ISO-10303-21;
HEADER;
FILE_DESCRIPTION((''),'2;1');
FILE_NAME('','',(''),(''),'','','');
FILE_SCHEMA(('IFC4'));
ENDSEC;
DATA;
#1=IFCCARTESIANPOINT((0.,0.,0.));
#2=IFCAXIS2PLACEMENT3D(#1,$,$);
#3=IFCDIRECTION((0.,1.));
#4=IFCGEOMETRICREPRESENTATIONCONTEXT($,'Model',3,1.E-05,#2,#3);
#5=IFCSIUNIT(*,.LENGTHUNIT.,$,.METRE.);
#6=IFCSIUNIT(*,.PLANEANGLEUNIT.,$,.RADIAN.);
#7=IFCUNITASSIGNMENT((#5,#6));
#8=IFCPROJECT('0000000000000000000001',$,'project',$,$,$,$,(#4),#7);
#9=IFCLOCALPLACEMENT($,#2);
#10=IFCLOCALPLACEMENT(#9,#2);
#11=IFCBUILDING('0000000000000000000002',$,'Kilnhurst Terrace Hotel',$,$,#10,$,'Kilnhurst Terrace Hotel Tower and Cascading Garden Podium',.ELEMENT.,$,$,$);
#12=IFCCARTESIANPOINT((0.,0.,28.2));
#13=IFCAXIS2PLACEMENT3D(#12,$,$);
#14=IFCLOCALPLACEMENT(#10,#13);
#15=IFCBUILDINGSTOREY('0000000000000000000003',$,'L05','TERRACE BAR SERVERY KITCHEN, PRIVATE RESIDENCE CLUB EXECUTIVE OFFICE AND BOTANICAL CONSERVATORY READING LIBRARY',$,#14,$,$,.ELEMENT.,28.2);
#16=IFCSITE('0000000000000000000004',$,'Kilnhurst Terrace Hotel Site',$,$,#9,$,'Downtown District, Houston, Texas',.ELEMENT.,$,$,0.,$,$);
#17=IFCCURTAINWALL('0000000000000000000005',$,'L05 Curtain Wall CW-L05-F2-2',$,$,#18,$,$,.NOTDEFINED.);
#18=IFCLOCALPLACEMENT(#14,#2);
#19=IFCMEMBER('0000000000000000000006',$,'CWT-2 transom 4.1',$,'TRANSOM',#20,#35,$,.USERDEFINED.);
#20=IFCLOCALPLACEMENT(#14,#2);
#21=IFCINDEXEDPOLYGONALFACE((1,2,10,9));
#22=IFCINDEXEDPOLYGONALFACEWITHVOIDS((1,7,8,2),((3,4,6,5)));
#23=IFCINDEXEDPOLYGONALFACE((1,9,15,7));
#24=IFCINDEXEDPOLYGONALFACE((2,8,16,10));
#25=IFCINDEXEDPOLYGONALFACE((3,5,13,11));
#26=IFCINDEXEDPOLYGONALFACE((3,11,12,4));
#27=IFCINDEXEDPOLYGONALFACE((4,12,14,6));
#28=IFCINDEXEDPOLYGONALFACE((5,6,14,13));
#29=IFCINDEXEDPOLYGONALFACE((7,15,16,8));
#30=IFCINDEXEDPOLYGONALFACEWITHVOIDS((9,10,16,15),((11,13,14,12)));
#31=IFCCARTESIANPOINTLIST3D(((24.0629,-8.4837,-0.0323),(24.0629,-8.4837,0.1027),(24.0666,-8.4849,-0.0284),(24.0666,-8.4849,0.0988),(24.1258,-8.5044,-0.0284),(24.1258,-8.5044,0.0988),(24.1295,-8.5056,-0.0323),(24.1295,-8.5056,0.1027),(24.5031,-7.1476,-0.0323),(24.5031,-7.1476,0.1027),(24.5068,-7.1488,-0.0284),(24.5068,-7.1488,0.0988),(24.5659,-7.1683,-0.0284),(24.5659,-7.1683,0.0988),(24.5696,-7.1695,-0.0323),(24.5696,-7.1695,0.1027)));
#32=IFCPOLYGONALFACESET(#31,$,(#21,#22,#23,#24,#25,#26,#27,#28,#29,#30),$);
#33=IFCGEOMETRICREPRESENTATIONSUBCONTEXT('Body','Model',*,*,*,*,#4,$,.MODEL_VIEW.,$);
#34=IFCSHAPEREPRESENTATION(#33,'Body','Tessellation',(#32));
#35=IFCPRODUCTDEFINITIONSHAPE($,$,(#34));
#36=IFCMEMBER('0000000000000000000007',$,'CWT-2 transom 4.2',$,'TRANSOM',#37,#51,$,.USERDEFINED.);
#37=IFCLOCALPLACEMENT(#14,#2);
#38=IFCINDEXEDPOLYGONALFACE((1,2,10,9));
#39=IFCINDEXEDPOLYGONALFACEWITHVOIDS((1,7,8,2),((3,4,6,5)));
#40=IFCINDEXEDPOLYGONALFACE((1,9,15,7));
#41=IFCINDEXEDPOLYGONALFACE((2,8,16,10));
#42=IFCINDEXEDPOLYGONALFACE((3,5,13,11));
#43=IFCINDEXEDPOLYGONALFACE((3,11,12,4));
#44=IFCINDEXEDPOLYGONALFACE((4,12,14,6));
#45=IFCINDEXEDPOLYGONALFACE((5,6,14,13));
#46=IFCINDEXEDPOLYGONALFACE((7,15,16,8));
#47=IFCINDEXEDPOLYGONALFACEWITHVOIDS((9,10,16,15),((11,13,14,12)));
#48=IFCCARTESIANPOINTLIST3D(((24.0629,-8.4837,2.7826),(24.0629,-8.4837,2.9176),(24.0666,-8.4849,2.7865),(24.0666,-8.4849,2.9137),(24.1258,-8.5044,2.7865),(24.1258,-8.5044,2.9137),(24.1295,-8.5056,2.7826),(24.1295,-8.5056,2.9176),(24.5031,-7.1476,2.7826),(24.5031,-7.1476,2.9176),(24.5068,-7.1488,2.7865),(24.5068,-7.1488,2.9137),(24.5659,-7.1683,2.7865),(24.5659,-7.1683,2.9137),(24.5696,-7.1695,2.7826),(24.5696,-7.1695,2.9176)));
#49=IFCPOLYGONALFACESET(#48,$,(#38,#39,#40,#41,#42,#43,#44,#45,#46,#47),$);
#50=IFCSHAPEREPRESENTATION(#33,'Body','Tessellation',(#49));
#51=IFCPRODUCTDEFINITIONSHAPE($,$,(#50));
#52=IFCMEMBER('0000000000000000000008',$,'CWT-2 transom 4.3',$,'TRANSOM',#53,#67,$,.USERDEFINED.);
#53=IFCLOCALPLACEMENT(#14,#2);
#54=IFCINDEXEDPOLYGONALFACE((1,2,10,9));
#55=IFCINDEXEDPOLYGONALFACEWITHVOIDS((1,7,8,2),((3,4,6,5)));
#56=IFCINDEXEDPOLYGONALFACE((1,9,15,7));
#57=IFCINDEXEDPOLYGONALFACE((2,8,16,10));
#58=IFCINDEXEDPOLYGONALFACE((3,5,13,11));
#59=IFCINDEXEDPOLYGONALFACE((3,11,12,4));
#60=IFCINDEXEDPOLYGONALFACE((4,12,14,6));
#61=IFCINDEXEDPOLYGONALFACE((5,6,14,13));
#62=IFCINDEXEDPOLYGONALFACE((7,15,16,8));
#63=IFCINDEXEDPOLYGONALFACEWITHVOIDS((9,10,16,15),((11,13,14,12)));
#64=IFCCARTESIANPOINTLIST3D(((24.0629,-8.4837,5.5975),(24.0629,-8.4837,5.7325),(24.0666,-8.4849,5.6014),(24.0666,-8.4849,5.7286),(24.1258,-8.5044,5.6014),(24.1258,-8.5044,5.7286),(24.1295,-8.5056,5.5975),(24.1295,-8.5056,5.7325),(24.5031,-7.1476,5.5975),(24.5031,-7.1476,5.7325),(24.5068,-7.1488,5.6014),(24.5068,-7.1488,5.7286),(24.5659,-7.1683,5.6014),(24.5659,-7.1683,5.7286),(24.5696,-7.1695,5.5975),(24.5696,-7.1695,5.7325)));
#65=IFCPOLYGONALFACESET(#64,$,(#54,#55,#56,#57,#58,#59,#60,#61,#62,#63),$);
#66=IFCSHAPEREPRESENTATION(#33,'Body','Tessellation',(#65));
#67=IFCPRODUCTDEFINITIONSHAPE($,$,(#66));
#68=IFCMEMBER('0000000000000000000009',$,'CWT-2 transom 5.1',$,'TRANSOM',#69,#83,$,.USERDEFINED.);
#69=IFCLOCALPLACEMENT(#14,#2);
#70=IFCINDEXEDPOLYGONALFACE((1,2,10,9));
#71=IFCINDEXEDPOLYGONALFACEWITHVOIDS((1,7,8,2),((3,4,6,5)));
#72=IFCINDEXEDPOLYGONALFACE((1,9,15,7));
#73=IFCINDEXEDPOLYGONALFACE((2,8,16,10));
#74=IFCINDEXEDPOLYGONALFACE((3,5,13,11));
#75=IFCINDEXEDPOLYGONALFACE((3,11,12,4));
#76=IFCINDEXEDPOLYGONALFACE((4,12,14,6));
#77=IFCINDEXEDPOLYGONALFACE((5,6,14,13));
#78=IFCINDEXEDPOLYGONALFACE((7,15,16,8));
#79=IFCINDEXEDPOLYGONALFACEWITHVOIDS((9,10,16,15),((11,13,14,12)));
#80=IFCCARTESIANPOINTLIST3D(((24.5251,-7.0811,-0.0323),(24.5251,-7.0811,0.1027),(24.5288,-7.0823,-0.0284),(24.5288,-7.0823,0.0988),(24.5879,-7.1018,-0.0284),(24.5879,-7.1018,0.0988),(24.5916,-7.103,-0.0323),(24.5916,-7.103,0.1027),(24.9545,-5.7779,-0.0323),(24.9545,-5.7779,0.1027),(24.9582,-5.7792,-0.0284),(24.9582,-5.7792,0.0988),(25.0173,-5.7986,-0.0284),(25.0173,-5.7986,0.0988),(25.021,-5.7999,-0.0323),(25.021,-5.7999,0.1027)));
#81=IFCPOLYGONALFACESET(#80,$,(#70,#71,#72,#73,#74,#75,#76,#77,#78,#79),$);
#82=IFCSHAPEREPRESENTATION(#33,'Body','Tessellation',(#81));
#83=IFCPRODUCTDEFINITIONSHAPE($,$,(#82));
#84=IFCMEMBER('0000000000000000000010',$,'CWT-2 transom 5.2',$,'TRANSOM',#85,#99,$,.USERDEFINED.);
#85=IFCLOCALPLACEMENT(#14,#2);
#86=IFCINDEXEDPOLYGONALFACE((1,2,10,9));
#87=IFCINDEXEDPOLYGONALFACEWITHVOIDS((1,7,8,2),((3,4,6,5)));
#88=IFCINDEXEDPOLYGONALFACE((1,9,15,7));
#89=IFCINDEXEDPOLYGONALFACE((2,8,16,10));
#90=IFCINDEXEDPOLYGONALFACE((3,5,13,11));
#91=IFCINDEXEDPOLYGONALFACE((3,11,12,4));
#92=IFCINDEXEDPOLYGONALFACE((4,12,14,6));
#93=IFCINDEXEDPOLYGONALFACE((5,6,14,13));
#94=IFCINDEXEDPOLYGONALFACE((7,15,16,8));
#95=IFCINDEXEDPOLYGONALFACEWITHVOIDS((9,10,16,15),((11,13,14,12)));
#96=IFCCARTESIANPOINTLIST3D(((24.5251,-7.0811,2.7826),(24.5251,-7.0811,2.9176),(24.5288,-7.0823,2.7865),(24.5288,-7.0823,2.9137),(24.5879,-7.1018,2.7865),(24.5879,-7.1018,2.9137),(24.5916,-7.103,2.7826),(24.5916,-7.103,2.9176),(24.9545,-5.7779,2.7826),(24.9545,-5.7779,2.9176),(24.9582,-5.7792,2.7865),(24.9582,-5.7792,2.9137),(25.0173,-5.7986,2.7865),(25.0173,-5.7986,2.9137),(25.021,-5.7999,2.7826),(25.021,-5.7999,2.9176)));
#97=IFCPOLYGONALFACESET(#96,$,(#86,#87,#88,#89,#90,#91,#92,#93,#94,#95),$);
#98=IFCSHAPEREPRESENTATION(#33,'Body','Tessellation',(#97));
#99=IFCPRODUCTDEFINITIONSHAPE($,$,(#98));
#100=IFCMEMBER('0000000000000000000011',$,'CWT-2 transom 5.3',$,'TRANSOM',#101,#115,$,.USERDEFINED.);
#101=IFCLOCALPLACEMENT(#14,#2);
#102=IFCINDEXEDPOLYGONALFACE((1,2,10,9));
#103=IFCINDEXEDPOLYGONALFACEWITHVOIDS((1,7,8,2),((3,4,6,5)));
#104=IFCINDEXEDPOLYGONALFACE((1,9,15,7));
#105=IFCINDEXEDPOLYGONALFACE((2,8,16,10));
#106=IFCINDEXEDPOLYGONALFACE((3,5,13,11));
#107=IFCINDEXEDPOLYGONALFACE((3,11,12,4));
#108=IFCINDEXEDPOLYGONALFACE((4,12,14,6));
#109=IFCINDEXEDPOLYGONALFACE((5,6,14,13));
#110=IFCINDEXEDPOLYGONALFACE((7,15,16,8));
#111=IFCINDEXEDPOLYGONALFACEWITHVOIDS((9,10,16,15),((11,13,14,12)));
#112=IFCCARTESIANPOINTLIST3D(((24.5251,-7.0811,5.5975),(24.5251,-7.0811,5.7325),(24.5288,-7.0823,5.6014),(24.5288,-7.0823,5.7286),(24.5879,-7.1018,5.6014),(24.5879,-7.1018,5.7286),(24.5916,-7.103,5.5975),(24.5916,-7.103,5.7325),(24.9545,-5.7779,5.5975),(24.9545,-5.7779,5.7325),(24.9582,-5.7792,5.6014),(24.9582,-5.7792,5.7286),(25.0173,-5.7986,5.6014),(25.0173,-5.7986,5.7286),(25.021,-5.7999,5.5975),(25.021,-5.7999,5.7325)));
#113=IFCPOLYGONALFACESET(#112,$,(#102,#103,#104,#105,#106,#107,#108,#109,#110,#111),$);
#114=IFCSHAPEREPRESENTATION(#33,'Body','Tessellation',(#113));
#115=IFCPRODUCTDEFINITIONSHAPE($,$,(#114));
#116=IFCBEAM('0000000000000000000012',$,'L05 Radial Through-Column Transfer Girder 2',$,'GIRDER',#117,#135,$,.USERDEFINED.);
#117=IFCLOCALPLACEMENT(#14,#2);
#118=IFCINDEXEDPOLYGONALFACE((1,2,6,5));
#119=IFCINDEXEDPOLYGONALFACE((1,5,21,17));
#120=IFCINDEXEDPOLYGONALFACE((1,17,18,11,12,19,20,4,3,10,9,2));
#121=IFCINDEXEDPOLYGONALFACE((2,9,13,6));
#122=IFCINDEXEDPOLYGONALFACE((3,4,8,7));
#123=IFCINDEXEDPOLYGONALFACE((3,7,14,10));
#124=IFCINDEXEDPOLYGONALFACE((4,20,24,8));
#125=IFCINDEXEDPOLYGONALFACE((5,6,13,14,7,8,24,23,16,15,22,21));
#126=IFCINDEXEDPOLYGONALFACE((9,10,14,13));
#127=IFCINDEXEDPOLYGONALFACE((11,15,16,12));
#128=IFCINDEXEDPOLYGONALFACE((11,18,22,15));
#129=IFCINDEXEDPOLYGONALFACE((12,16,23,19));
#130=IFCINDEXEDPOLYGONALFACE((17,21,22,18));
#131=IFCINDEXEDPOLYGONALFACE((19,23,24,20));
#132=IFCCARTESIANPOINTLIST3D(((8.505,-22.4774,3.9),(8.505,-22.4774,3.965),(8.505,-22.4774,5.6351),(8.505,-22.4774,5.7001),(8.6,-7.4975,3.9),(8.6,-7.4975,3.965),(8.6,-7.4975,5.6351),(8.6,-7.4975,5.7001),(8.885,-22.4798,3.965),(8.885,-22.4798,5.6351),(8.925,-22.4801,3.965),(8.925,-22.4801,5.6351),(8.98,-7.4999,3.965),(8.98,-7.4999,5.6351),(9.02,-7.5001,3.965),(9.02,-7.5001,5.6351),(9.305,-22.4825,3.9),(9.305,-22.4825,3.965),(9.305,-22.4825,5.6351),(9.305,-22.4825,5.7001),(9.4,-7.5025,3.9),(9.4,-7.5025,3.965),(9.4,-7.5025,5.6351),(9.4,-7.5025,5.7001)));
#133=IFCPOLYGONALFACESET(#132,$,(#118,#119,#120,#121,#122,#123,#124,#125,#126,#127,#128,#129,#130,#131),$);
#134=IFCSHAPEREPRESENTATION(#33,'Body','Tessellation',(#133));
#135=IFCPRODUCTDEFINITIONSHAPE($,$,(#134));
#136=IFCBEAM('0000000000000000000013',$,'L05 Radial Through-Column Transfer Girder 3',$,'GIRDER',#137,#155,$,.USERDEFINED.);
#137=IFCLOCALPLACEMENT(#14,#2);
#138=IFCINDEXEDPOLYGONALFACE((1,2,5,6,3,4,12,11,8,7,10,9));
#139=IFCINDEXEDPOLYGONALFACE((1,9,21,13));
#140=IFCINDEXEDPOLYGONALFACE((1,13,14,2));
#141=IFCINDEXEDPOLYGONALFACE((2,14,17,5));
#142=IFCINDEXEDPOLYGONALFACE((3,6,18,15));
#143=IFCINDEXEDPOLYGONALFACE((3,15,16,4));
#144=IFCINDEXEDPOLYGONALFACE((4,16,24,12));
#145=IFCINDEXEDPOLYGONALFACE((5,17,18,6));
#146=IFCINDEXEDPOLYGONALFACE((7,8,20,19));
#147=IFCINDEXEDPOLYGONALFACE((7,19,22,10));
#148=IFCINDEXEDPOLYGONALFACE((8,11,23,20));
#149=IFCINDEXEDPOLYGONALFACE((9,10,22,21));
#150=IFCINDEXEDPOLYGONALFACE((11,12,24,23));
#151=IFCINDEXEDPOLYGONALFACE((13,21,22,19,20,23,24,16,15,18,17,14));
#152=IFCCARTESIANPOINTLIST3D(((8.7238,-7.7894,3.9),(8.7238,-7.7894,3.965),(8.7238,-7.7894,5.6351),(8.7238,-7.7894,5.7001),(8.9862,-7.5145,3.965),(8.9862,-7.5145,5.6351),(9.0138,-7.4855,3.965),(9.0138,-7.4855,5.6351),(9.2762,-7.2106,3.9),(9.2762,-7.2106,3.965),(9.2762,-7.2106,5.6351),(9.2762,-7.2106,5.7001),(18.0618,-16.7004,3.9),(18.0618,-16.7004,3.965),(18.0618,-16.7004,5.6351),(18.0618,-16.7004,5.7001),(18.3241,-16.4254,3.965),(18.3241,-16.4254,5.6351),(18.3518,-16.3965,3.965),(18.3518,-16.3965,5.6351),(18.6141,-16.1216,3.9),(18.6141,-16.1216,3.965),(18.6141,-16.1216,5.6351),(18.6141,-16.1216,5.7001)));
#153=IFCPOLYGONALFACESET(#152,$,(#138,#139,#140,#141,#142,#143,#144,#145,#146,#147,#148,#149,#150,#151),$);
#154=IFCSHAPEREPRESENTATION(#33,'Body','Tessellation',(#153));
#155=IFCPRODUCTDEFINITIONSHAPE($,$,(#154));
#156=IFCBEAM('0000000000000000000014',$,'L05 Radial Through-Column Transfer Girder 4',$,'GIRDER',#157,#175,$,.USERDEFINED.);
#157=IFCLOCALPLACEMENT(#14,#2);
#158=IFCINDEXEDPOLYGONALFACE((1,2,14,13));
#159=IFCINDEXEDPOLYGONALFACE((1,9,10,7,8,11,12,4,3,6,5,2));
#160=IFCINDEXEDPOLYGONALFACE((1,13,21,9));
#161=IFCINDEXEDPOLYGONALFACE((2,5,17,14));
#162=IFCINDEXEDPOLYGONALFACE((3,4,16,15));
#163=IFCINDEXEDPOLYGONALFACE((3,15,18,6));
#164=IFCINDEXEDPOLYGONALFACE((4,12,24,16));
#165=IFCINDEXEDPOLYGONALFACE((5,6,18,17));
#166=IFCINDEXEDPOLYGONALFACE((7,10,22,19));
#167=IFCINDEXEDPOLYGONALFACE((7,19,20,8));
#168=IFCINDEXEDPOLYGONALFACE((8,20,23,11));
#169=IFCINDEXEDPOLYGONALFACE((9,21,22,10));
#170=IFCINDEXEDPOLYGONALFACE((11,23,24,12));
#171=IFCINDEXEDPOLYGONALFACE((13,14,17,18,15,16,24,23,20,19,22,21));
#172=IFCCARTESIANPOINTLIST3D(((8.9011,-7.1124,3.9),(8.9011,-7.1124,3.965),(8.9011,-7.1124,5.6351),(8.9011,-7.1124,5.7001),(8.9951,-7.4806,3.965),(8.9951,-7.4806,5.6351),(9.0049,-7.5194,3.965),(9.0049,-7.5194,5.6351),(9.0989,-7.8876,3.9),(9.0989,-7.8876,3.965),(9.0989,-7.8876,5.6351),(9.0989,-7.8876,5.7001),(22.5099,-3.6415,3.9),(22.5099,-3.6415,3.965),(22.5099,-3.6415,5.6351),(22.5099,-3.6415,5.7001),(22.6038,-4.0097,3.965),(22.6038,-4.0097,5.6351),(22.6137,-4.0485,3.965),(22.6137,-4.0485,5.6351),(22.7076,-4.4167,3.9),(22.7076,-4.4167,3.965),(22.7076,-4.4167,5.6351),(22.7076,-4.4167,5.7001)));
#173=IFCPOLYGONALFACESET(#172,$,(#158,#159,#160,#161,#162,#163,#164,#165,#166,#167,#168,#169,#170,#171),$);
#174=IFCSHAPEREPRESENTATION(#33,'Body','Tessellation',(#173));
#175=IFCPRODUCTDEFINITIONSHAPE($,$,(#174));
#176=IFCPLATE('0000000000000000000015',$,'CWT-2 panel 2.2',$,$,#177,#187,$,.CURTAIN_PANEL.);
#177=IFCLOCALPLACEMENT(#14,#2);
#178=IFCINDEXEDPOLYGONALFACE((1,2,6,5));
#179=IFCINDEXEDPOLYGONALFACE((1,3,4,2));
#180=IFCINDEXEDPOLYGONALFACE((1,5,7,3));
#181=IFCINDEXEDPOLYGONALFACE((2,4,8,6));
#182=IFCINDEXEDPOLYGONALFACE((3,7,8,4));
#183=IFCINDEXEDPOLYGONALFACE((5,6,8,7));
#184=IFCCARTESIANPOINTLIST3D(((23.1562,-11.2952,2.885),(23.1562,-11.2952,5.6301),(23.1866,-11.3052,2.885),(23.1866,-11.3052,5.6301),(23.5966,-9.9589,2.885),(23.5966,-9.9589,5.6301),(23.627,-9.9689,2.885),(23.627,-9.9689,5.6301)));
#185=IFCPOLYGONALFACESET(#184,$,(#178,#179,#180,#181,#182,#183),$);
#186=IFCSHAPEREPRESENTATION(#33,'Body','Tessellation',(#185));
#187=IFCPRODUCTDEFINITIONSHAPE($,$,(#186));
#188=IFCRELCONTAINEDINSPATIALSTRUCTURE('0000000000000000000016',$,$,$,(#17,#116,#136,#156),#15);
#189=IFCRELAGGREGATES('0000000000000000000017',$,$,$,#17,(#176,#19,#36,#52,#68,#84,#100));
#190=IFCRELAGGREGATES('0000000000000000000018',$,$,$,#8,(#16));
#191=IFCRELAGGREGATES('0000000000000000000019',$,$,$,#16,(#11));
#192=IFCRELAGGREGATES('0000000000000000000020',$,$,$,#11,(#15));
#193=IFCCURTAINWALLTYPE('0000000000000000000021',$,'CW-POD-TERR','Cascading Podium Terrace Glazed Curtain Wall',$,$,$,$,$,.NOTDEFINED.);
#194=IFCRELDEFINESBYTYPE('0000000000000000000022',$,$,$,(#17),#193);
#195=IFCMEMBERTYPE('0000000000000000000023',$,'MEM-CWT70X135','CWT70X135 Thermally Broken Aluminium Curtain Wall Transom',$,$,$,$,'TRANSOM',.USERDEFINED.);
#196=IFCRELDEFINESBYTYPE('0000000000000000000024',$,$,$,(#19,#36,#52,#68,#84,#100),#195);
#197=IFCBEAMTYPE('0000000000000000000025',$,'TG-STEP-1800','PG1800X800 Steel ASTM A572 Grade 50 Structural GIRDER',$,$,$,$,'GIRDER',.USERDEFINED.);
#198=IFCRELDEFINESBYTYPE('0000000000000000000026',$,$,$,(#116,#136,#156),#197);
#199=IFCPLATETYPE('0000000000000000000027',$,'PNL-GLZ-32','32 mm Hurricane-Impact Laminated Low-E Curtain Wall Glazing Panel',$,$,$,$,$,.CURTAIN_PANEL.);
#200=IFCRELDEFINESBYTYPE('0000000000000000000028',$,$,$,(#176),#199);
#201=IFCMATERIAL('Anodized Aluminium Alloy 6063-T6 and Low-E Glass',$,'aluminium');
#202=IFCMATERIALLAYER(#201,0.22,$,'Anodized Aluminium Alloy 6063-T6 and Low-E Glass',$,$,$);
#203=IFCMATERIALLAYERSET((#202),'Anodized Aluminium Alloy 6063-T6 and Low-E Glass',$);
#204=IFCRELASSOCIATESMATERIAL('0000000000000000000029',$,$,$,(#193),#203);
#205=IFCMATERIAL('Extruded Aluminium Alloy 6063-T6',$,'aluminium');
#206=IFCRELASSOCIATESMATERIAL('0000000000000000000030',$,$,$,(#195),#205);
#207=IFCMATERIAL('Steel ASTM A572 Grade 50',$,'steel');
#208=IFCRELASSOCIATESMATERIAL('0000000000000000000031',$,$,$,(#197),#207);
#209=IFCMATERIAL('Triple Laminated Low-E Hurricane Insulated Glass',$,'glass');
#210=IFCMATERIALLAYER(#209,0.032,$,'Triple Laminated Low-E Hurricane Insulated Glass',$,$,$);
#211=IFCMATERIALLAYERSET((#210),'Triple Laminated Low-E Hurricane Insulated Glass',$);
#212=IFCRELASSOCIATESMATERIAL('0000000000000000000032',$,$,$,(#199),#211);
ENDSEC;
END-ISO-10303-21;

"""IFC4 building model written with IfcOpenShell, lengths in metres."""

from ifc_helpers import new_model, si_unit, direction, frame, origin, origin_2d, place, context, subcontext, project, spatial, rectangle, hollow_rectangle, i_section, extrude, material, layer, layer_set, material_profile, profile_set, type_object, element, aggregate, save


model = new_model("IFC4")

# Units and contexts
model_context = context("Model", 3, precision=1e-05, world=origin(), true_north=direction((0.0, 1.0)))
body_context = subcontext(model_context, "Body", "Model", "MODEL_VIEW")
ifc_project = project(units=[si_unit("LENGTHUNIT", "METRE"), si_unit("PLANEANGLEUNIT", "RADIAN")], contexts=[model_context])

# Site, building, storey
site_placement = place(None, origin())
site = spatial("IfcSite", under=ifc_project, at=site_placement, Name="Kilnhurst Terrace Hotel Site", LongName="Downtown District, Houston, Texas", CompositionType="ELEMENT", RefElevation=0.0)
building_placement = place(site_placement, origin())
building = spatial("IfcBuilding", under=site, at=building_placement, Name="Kilnhurst Terrace Hotel", LongName="Kilnhurst Terrace Hotel Tower and Cascading Garden Podium", CompositionType="ELEMENT")
storey_placement = place(building_placement, frame((0.0, 0.0, 28.2)))
storey = spatial("IfcBuildingStorey", under=building, at=storey_placement, Name="L05", Description="TERRACE BAR SERVERY KITCHEN, PRIVATE RESIDENCE CLUB EXECUTIVE OFFICE AND BOTANICAL CONSERVATORY READING LIBRARY", CompositionType="ELEMENT", Elevation=28.2)

# Curtain wall, members
ifc_material_1 = material(Name="Anodized Aluminium Alloy 6063-T6 and Low-E Glass", Category="aluminium")
ifc_layer_1 = layer(ifc_material_1, 0.22, Name="Anodized Aluminium Alloy 6063-T6 and Low-E Glass")
ifc_layer_set_1 = layer_set([ifc_layer_1], Name="Anodized Aluminium Alloy 6063-T6 and Low-E Glass")
curtain_wall_type = type_object("IfcCurtainWallType", Name="CW-POD-TERR", Description="Cascading Podium Terrace Glazed Curtain Wall", PredefinedType="NOTDEFINED", material=ifc_layer_set_1)
curtain_wall_placement = place(storey_placement, origin())
curtain_wall = element("IfcCurtainWall", 1, at=curtain_wall_placement, inside=storey, type_object=curtain_wall_type, Name="L05 Curtain Wall CW-L05-F2-2", PredefinedType="NOTDEFINED")
ifc_material_2 = material(Name="Extruded Aluminium Alloy 6063-T6", Category="aluminium")
ifc_material_profile_1 = material_profile(ifc_material_2, hollow_rectangle(XDim=0.0701, YDim=0.135, WallThickness=0.0039, at=origin_2d()), Name="CWT70X135")
ifc_profile_set_1 = profile_set([ifc_material_profile_1], Name="Extruded Aluminium Alloy 6063-T6")
member_type_1 = type_object("IfcMemberType", Name="MEM-CWT70X135", Description="CWT70X135 Thermally Broken Aluminium Curtain Wall Transom", ElementType="TRANSOM", PredefinedType="USERDEFINED", material=ifc_profile_set_1)
member_1_placement = place(storey_placement, frame((24.0962, -8.4946, 0.0352), z_axis=(0.312894, 0.949788, 0.0), x_axis=(-0.949788, 0.312894, 0.0)))
member_1 = element("IfcMember", 2, at=member_1_placement, type_object=member_type_1, Name="CWT-2 transom 4.1", ObjectType="TRANSOM", PredefinedType="USERDEFINED", context=body_context, shape_type="SweptSolid", body=[
    extrude(hollow_rectangle(XDim=0.0701, YDim=0.135, WallThickness=0.0039, at=origin_2d()), origin(), (0.0, 0.0, 1.0), 1.4067),
])
member_2_placement = place(storey_placement, frame((24.0962, -8.4946, 2.8501), z_axis=(0.312894, 0.949788, 0.0), x_axis=(-0.949788, 0.312894, 0.0)))
member_2 = element("IfcMember", 3, at=member_2_placement, type_object=member_type_1, Name="CWT-2 transom 4.2", ObjectType="TRANSOM", PredefinedType="USERDEFINED", context=body_context, shape_type="SweptSolid", body=[
    extrude(hollow_rectangle(XDim=0.0701, YDim=0.135, WallThickness=0.0039, at=origin_2d()), origin(), (0.0, 0.0, 1.0), 1.4067),
])
member_3_placement = place(storey_placement, frame((24.0962, -8.4946, 5.665), z_axis=(0.312894, 0.949788, 0.0), x_axis=(-0.949788, 0.312894, 0.0)))
member_3 = element("IfcMember", 4, at=member_3_placement, type_object=member_type_1, Name="CWT-2 transom 4.3", ObjectType="TRANSOM", PredefinedType="USERDEFINED", context=body_context, shape_type="SweptSolid", body=[
    extrude(hollow_rectangle(XDim=0.0701, YDim=0.135, WallThickness=0.0039, at=origin_2d()), origin(), (0.0, 0.0, 1.0), 1.4067),
])
member_4_placement = place(storey_placement, frame((24.5583, -7.092, 0.0352), z_axis=(0.31297, 0.949763, 0.0), x_axis=(-0.949763, 0.31297, 0.0)))
member_4 = element("IfcMember", 5, at=member_4_placement, type_object=member_type_1, Name="CWT-2 transom 5.1", ObjectType="TRANSOM", PredefinedType="USERDEFINED", context=body_context, shape_type="SweptSolid", body=[
    extrude(hollow_rectangle(XDim=0.0701, YDim=0.135, WallThickness=0.0039, at=origin_2d()), origin(), (0.0, 0.0, 1.0), 1.3721),
])
member_5_placement = place(storey_placement, frame((24.5583, -7.092, 2.8501), z_axis=(0.31297, 0.949763, 0.0), x_axis=(-0.949763, 0.31297, 0.0)))
member_5 = element("IfcMember", 6, at=member_5_placement, type_object=member_type_1, Name="CWT-2 transom 5.2", ObjectType="TRANSOM", PredefinedType="USERDEFINED", context=body_context, shape_type="SweptSolid", body=[
    extrude(hollow_rectangle(XDim=0.0701, YDim=0.135, WallThickness=0.0039, at=origin_2d()), origin(), (0.0, 0.0, 1.0), 1.3721),
])
member_6_placement = place(storey_placement, frame((24.5583, -7.092, 5.665), z_axis=(0.31297, 0.949763, 0.0), x_axis=(-0.949763, 0.31297, 0.0)))
member_6 = element("IfcMember", 7, at=member_6_placement, type_object=member_type_1, Name="CWT-2 transom 5.3", ObjectType="TRANSOM", PredefinedType="USERDEFINED", context=body_context, shape_type="SweptSolid", body=[
    extrude(hollow_rectangle(XDim=0.0701, YDim=0.135, WallThickness=0.0039, at=origin_2d()), origin(), (0.0, 0.0, 1.0), 1.3721),
])

# Beams
ifc_material_3 = material(Name="Steel ASTM A572 Grade 50", Category="steel")
ifc_material_profile_2 = material_profile(ifc_material_3, i_section(OverallWidth=0.8, OverallDepth=1.8, WebThickness=0.04, FlangeThickness=0.0649, at=origin_2d()), Name="PG1800X800")
ifc_profile_set_2 = profile_set([ifc_material_profile_2], Name="Steel ASTM A572 Grade 50")
beam_type_1 = type_object("IfcBeamType", Name="TG-STEP-1800", Description="PG1800X800 Steel ASTM A572 Grade 50 Structural GIRDER", ElementType="GIRDER", PredefinedType="USERDEFINED", material=ifc_profile_set_2)
beam_1_placement = place(storey_placement, frame((9.0, -7.5, 4.8), z_axis=(-0.00634, -0.99998, 0.0), x_axis=(0.99998, -0.00634, 0.0)))
element("IfcBeam", 8, at=beam_1_placement, inside=storey, type_object=beam_type_1, Name="L05 Radial Through-Column Transfer Girder 2", ObjectType="GIRDER", PredefinedType="USERDEFINED", context=body_context, shape_type="SweptSolid", body=[
    extrude(i_section(OverallWidth=0.8, OverallDepth=1.8, WebThickness=0.04, FlangeThickness=0.0649, at=origin_2d()), origin(), (0.0, 0.0, 1.0), 14.9802),
])
beam_2_placement = place(storey_placement, frame((9.0, -7.5, 4.8), z_axis=(0.723454, -0.690372, 0.0), x_axis=(0.690372, 0.723454, 0.0)))
element("IfcBeam", 9, at=beam_2_placement, inside=storey, type_object=beam_type_1, Name="L05 Radial Through-Column Transfer Girder 3", ObjectType="GIRDER", PredefinedType="USERDEFINED", context=body_context, shape_type="SweptSolid", body=[
    extrude(i_section(OverallWidth=0.8, OverallDepth=1.8, WebThickness=0.04, FlangeThickness=0.0649, at=origin_2d()), origin(), (0.0, 0.0, 1.0), 12.9075),
])
beam_3_placement = place(storey_placement, frame((9.0, -7.5, 4.8), z_axis=(0.96898, 0.247138, 0.0), x_axis=(-0.247138, 0.96898, 0.0)))
element("IfcBeam", 10, at=beam_3_placement, inside=storey, type_object=beam_type_1, Name="L05 Radial Through-Column Transfer Girder 4", ObjectType="GIRDER", PredefinedType="USERDEFINED", context=body_context, shape_type="SweptSolid", body=[
    extrude(i_section(OverallWidth=0.8, OverallDepth=1.8, WebThickness=0.04, FlangeThickness=0.0649, at=origin_2d()), origin(), (0.0, 0.0, 1.0), 14.0444),
])

# Plate
ifc_material_4 = material(Name="Triple Laminated Low-E Hurricane Insulated Glass", Category="glass")
ifc_layer_2 = layer(ifc_material_4, 0.032, Name="Triple Laminated Low-E Hurricane Insulated Glass")
ifc_layer_set_2 = layer_set([ifc_layer_2], Name="Triple Laminated Low-E Hurricane Insulated Glass")
plate_type = type_object("IfcPlateType", Name="PNL-GLZ-32", Description="32 mm Hurricane-Impact Laminated Low-E Curtain Wall Glazing Panel", PredefinedType="CURTAIN_PANEL", material=ifc_layer_set_2)
plate_1_placement = place(storey_placement, frame((23.3916, -10.6321, 2.885), z_axis=(0.0, 0.0, 1.0), x_axis=(0.312988, 0.949757, 0.0)))
plate_1 = element("IfcPlate", 11, at=plate_1_placement, type_object=plate_type, Name="CWT-2 panel 2.2", PredefinedType="CURTAIN_PANEL", context=body_context, shape_type="SweptSolid", body=[
    extrude(rectangle(XDim=1.407, YDim=0.032, at=origin_2d()), origin(), (0.0, 0.0, 1.0), 2.7451),
])
aggregate(curtain_wall, [plate_1, member_1, member_2, member_3, member_4, member_5, member_6])

save(model, "model.ifc")
